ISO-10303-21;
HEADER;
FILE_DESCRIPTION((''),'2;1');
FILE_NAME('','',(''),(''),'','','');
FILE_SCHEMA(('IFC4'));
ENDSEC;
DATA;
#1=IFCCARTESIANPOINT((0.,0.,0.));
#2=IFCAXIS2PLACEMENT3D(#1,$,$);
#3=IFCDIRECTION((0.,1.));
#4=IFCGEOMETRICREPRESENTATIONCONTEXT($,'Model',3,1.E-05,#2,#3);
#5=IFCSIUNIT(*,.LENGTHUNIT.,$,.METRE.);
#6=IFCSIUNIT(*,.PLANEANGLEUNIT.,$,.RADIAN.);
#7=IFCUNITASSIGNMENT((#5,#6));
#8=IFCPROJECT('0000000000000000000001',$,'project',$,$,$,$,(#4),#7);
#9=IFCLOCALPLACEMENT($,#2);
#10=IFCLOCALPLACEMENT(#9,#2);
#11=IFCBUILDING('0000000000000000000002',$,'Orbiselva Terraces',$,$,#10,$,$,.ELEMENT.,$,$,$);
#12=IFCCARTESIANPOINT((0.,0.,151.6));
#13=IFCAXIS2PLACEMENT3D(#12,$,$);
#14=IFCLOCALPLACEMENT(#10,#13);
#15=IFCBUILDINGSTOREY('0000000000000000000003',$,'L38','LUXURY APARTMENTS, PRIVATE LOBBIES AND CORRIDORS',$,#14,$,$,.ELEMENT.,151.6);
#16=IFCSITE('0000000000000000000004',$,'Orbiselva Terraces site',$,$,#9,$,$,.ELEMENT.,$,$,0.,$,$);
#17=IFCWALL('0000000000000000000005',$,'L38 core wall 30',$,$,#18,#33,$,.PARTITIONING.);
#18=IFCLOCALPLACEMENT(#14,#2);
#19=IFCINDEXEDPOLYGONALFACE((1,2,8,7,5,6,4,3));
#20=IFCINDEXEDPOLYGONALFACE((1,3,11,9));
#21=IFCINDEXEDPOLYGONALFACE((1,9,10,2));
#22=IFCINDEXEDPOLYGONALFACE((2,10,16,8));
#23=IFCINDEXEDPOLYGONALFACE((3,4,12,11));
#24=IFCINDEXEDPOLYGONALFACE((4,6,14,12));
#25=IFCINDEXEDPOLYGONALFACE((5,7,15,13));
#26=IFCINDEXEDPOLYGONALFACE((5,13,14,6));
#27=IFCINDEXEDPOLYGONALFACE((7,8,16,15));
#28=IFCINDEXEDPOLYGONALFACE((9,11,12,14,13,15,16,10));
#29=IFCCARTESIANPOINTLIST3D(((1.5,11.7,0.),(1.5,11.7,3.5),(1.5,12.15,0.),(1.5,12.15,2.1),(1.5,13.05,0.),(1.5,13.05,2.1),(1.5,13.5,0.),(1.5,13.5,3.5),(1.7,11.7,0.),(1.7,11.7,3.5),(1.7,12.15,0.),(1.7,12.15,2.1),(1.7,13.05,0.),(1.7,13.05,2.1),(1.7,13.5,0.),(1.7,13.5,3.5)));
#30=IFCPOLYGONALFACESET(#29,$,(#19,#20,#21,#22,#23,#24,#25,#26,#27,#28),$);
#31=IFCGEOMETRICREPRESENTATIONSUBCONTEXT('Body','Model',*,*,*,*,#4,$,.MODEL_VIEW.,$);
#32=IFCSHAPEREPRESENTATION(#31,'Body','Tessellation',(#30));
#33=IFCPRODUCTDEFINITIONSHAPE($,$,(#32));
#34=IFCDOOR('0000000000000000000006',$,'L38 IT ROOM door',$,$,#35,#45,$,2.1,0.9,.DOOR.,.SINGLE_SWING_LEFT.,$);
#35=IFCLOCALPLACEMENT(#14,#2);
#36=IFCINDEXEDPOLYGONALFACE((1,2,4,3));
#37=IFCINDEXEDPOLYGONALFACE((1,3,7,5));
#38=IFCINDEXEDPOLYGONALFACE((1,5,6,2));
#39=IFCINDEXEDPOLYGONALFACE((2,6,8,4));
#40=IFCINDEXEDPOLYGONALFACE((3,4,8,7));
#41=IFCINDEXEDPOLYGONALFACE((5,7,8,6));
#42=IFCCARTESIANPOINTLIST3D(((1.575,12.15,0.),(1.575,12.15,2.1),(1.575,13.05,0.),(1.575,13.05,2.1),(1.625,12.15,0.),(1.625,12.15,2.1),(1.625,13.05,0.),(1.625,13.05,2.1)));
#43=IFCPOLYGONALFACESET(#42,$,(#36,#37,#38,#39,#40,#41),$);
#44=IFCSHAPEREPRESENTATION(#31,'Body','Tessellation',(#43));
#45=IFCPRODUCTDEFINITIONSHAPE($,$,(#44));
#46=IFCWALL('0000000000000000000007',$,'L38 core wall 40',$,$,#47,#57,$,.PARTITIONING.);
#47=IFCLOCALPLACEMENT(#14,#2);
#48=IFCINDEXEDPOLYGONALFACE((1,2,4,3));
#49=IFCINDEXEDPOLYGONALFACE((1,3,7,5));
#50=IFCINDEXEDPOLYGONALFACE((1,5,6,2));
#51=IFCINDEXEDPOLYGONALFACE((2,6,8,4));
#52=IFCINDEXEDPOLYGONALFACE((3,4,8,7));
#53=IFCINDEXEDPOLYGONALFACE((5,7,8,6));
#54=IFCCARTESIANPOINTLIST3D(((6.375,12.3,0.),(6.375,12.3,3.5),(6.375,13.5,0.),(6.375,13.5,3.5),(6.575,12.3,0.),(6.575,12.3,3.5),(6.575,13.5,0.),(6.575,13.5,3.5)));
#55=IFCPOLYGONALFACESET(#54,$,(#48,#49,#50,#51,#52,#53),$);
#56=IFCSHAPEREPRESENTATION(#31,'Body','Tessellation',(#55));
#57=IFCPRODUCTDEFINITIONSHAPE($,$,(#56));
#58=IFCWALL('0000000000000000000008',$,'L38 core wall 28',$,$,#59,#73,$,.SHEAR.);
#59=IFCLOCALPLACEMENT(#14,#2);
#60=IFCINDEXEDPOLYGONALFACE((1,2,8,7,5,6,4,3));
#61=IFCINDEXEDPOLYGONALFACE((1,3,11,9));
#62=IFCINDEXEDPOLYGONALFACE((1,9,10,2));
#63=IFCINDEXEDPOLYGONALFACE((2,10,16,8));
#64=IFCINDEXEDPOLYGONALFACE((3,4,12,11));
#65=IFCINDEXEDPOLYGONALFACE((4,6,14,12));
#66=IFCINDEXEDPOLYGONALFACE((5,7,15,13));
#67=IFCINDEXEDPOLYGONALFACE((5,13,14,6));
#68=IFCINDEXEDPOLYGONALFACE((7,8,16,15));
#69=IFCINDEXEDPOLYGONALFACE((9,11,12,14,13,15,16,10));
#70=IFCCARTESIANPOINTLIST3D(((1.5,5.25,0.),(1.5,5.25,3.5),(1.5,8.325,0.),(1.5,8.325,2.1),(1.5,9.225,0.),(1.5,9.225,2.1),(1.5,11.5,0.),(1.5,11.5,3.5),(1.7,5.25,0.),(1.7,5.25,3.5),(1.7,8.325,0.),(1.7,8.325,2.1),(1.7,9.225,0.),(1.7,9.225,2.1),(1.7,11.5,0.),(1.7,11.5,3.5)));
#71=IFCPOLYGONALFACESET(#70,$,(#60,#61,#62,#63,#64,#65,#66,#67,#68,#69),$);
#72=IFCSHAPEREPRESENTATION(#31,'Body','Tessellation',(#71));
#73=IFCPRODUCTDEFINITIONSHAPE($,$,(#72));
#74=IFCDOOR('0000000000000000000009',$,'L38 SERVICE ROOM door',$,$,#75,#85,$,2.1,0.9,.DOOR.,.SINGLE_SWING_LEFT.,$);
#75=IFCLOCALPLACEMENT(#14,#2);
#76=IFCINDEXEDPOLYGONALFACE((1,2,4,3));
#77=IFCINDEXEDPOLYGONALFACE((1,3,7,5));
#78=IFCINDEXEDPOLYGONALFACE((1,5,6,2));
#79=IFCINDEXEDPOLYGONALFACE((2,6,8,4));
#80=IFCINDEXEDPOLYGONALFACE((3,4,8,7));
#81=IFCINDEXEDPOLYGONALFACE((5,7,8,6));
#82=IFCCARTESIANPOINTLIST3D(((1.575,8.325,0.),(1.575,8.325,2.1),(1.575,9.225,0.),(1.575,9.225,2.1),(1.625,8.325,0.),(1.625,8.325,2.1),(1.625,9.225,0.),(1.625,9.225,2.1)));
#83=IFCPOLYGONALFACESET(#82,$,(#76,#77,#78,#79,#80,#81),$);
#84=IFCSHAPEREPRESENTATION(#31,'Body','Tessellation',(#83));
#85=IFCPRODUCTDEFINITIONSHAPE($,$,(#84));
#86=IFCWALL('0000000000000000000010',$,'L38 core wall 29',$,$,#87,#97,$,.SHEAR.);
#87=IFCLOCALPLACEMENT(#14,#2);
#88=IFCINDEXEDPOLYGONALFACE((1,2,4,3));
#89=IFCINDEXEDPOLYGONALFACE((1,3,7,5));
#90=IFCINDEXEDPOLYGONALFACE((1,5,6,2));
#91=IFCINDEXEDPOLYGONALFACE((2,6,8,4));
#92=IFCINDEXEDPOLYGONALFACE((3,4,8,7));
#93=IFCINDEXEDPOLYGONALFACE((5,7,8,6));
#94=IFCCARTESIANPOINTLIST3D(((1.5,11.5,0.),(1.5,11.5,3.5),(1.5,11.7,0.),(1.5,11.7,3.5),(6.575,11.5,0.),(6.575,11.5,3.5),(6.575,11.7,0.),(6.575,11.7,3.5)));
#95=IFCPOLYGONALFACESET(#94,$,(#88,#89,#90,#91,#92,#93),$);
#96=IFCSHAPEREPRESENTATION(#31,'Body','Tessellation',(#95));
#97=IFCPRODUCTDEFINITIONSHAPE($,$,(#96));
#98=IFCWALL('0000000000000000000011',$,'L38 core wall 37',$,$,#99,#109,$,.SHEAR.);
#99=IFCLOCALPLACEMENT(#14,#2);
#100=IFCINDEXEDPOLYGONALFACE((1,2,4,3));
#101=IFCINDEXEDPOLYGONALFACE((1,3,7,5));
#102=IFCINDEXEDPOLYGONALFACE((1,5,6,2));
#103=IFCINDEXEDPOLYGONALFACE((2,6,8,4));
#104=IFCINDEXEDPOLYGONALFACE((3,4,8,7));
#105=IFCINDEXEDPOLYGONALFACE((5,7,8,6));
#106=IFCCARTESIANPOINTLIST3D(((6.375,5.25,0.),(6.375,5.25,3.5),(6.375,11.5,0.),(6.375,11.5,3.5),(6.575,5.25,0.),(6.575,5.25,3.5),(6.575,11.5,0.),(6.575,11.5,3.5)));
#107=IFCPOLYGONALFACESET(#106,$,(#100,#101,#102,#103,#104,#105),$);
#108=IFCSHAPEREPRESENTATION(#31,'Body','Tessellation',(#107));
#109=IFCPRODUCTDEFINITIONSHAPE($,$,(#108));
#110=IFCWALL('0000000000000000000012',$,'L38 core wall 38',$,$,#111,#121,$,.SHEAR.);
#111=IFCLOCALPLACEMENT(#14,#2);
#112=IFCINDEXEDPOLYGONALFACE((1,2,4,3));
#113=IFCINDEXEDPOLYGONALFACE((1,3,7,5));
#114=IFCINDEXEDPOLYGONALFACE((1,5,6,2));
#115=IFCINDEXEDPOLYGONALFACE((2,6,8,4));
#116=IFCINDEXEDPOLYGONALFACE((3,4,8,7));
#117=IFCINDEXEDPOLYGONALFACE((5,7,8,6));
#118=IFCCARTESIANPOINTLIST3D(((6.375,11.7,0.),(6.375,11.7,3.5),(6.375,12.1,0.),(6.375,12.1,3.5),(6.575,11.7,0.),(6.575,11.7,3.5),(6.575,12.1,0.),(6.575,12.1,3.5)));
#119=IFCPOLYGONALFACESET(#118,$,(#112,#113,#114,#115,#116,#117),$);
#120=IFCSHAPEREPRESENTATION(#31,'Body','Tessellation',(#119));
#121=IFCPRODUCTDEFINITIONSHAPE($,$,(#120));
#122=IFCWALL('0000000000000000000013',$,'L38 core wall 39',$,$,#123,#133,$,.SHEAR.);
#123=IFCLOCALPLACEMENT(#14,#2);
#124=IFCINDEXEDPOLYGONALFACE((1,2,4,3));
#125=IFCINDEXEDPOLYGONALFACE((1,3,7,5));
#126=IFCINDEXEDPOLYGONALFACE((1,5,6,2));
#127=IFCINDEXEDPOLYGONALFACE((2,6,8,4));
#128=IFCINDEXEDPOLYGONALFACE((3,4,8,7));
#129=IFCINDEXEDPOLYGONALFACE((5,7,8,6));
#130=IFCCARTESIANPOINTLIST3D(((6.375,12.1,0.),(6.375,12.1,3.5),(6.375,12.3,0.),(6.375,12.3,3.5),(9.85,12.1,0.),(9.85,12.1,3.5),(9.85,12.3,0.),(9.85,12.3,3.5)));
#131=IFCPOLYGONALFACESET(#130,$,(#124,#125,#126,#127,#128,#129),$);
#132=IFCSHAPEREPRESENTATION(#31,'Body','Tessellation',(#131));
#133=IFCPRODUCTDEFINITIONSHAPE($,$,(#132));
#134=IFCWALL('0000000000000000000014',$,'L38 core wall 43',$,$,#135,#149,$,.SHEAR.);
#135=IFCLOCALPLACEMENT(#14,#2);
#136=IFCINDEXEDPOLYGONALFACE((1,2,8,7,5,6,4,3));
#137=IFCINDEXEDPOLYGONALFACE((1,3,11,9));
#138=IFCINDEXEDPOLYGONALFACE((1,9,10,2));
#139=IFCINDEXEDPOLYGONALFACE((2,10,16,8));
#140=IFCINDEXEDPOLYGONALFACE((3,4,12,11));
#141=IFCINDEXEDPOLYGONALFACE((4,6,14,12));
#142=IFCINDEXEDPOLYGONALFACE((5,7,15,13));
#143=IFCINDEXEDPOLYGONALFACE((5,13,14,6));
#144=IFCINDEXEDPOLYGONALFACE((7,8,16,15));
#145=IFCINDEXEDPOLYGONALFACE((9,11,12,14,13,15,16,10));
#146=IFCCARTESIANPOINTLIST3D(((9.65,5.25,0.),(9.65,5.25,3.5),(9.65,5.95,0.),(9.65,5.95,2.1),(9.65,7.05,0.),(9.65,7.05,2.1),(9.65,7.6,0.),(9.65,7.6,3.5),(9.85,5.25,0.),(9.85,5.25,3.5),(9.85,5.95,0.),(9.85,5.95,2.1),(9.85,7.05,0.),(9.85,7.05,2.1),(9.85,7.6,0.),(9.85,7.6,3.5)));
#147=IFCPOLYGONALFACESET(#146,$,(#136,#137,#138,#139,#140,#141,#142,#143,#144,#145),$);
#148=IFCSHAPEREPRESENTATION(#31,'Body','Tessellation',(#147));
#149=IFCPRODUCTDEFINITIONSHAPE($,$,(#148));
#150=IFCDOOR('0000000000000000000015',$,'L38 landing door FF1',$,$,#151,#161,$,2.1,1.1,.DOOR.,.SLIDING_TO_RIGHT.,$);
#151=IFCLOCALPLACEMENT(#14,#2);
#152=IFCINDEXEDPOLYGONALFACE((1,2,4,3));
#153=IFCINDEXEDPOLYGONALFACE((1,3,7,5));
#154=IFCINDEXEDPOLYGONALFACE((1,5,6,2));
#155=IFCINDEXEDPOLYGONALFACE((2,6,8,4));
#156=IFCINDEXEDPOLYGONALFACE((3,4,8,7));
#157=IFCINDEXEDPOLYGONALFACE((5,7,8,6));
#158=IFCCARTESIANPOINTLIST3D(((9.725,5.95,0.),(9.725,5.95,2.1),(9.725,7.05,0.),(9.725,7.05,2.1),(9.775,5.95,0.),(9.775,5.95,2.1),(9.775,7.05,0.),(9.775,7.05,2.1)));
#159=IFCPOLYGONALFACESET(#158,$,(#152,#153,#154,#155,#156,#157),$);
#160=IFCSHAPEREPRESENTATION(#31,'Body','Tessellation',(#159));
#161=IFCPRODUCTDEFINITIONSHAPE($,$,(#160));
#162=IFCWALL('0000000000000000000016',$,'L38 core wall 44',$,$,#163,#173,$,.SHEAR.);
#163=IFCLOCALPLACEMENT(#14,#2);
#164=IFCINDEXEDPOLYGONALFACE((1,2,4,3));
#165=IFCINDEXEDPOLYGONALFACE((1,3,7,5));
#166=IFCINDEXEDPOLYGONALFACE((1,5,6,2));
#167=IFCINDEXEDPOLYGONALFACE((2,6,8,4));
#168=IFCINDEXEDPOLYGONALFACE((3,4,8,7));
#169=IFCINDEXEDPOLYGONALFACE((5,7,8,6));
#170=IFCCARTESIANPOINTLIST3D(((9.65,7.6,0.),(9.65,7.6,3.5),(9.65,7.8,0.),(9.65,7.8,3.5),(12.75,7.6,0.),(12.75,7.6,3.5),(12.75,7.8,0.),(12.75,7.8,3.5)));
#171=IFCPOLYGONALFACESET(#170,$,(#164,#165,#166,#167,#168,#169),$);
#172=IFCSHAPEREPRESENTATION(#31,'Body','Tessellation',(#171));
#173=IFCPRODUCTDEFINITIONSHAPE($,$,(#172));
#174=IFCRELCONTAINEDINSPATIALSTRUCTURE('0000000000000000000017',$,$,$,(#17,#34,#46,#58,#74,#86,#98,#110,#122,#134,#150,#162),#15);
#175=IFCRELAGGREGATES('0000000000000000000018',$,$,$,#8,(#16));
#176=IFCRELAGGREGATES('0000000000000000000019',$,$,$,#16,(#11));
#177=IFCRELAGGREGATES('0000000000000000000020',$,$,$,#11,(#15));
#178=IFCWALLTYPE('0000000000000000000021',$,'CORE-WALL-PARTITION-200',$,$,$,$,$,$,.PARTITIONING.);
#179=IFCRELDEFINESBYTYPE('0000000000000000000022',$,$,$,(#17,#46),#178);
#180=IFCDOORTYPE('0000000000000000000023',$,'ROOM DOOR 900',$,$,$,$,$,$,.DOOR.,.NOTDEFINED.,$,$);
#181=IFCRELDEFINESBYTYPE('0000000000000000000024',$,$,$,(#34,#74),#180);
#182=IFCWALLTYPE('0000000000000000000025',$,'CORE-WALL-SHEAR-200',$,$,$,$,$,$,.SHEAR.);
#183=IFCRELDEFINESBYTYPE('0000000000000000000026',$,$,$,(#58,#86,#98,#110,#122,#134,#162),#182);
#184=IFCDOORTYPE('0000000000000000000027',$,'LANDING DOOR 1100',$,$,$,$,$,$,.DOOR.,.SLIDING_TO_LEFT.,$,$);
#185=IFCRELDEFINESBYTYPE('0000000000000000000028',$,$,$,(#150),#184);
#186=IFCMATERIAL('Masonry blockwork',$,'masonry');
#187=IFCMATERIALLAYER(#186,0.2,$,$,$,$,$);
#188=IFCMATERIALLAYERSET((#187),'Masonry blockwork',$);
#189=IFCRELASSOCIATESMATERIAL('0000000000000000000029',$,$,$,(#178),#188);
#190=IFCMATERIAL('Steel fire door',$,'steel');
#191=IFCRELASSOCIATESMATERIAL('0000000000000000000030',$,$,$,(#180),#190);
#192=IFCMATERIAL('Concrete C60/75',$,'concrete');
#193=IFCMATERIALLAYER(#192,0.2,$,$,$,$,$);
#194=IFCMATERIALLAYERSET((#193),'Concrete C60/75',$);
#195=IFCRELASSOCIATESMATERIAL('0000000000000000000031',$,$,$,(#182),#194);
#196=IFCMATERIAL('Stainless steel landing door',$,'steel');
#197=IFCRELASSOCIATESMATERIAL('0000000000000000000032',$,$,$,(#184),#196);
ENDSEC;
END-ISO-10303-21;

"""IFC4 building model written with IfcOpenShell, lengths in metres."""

from ifc_helpers import new_model, si_unit, direction, frame, frame_2d, origin, place, context, subcontext, project, spatial, rectangle, extrude, material, layer, layer_set, type_object, element, fill, save


model = new_model("IFC4")

# Units and contexts
model_context = context("Model", 3, precision=1e-05, world=origin(), true_north=direction((0.0, 1.0)))
body_context = subcontext(model_context, "Body", "Model", "MODEL_VIEW")
ifc_project = project(units=[si_unit("LENGTHUNIT", "METRE"), si_unit("PLANEANGLEUNIT", "RADIAN")], contexts=[model_context])

# Site, building, storey
site_placement = place(None, origin())
site = spatial("IfcSite", under=ifc_project, at=site_placement, Name="Orbiselva Terraces site", CompositionType="ELEMENT", RefElevation=0.0)
building_placement = place(site_placement, origin())
building = spatial("IfcBuilding", under=site, at=building_placement, Name="Orbiselva Terraces", CompositionType="ELEMENT")
storey_placement = place(building_placement, frame((0.0, 0.0, 151.6)))
storey = spatial("IfcBuildingStorey", under=building, at=storey_placement, Name="L38", Description="LUXURY APARTMENTS, PRIVATE LOBBIES AND CORRIDORS", CompositionType="ELEMENT", Elevation=151.6)

# Wall, opening, door
ifc_material_1 = material(Name="Masonry blockwork", Category="masonry")
ifc_layer_1 = layer(ifc_material_1, 0.2)
ifc_layer_set_1 = layer_set([ifc_layer_1], Name="Masonry blockwork")
wall_type_1 = type_object("IfcWallType", Name="CORE-WALL-PARTITION-200", PredefinedType="PARTITIONING", material=ifc_layer_set_1)
wall_1_placement = place(storey_placement, frame((1.6, 13.5, 0.0), z_axis=(0.0, 0.0, 1.0), x_axis=(0.0, -1.0, 0.0)))
wall_1 = element("IfcWall", 1, at=wall_1_placement, inside=storey, type_object=wall_type_1, Name="L38 core wall 30", PredefinedType="PARTITIONING", context=body_context, shape_type="SweptSolid", body=[
    extrude(rectangle(XDim=1.8, YDim=0.2, at=frame_2d((0.9, 0.0))), origin(), (0.0, 0.0, 1.0), 3.5),
])
opening_1_placement = place(wall_1_placement, frame((0.45, 0.0, 0.0)))
opening_1 = element("IfcOpeningElement", 2, at=opening_1_placement, cuts=wall_1, PredefinedType="OPENING", context=body_context, shape_type="SweptSolid", body=[
    extrude(rectangle(XDim=0.9, YDim=2.1, at=frame_2d((0.45, 1.05))), frame((0.0, 0.11, 0.0), z_axis=(0.0, -1.0, 0.0), x_axis=(1.0, 0.0, 0.0)), (0.0, 0.0, 1.0), 0.22),
])
ifc_material_2 = material(Name="Steel fire door", Category="steel")
door_type_1 = type_object("IfcDoorType", Name="ROOM DOOR 900", OperationType="NOTDEFINED", PredefinedType="DOOR", material=ifc_material_2)
door_1_placement = place(opening_1_placement, origin())
door_1 = element("IfcDoor", 3, at=door_1_placement, inside=storey, type_object=door_type_1, Name="L38 IT ROOM door", OperationType="SINGLE_SWING_LEFT", OverallHeight=2.1, OverallWidth=0.9, PredefinedType="DOOR", context=body_context, shape_type="SweptSolid", body=[
    extrude(rectangle(XDim=0.9, YDim=2.1, at=frame_2d((0.45, 1.05))), frame((0.0, 0.025, 0.0), z_axis=(0.0, -1.0, 0.0), x_axis=(1.0, 0.0, 0.0)), (0.0, 0.0, 1.0), 0.05),
])
fill(opening_1, door_1)

# Wall
wall_2_placement = place(storey_placement, frame((6.475, 12.3, 0.0), z_axis=(0.0, 0.0, 1.0), x_axis=(0.0, 1.0, 0.0)))
element("IfcWall", 4, at=wall_2_placement, inside=storey, type_object=wall_type_1, Name="L38 core wall 40", PredefinedType="PARTITIONING", context=body_context, shape_type="SweptSolid", body=[
    extrude(rectangle(XDim=1.2, YDim=0.2, at=frame_2d((0.6, 0.0))), origin(), (0.0, 0.0, 1.0), 3.5),
])

# Wall, opening, door
ifc_material_3 = material(Name="Concrete C60/75", Category="concrete")
ifc_layer_2 = layer(ifc_material_3, 0.2)
ifc_layer_set_2 = layer_set([ifc_layer_2], Name="Concrete C60/75")
wall_type_2 = type_object("IfcWallType", Name="CORE-WALL-SHEAR-200", PredefinedType="SHEAR", material=ifc_layer_set_2)
wall_3_placement = place(storey_placement, frame((1.6, 11.5, 0.0), z_axis=(0.0, 0.0, 1.0), x_axis=(0.0, -1.0, 0.0)))
wall_3 = element("IfcWall", 5, at=wall_3_placement, inside=storey, type_object=wall_type_2, Name="L38 core wall 28", PredefinedType="SHEAR", context=body_context, shape_type="SweptSolid", body=[
    extrude(rectangle(XDim=6.25, YDim=0.2, at=frame_2d((3.125, 0.0))), origin(), (0.0, 0.0, 1.0), 3.5),
])
opening_2_placement = place(wall_3_placement, frame((2.275, 0.0, 0.0)))
opening_2 = element("IfcOpeningElement", 6, at=opening_2_placement, cuts=wall_3, PredefinedType="OPENING", context=body_context, shape_type="SweptSolid", body=[
    extrude(rectangle(XDim=0.9, YDim=2.1, at=frame_2d((0.45, 1.05))), frame((0.0, 0.11, 0.0), z_axis=(0.0, -1.0, 0.0), x_axis=(1.0, 0.0, 0.0)), (0.0, 0.0, 1.0), 0.22),
])
door_2_placement = place(opening_2_placement, origin())
door_2 = element("IfcDoor", 7, at=door_2_placement, inside=storey, type_object=door_type_1, Name="L38 SERVICE ROOM door", OperationType="SINGLE_SWING_LEFT", OverallHeight=2.1, OverallWidth=0.9, PredefinedType="DOOR", context=body_context, shape_type="SweptSolid", body=[
    extrude(rectangle(XDim=0.9, YDim=2.1, at=frame_2d((0.45, 1.05))), frame((0.0, 0.025, 0.0), z_axis=(0.0, -1.0, 0.0), x_axis=(1.0, 0.0, 0.0)), (0.0, 0.0, 1.0), 0.05),
])
fill(opening_2, door_2)

# Walls
wall_4_placement = place(storey_placement, frame((1.5, 11.6, 0.0), z_axis=(0.0, 0.0, 1.0), x_axis=(1.0, 0.0, 0.0)))
element("IfcWall", 8, at=wall_4_placement, inside=storey, type_object=wall_type_2, Name="L38 core wall 29", PredefinedType="SHEAR", context=body_context, shape_type="SweptSolid", body=[
    extrude(rectangle(XDim=5.075, YDim=0.2, at=frame_2d((2.5375, 0.0))), origin(), (0.0, 0.0, 1.0), 3.5),
])
wall_5_placement = place(storey_placement, frame((6.475, 5.25, 0.0), z_axis=(0.0, 0.0, 1.0), x_axis=(0.0, 1.0, 0.0)))
element("IfcWall", 9, at=wall_5_placement, inside=storey, type_object=wall_type_2, Name="L38 core wall 37", PredefinedType="SHEAR", context=body_context, shape_type="SweptSolid", body=[
    extrude(rectangle(XDim=6.25, YDim=0.2, at=frame_2d((3.125, 0.0))), origin(), (0.0, 0.0, 1.0), 3.5),
])
wall_6_placement = place(storey_placement, frame((6.475, 11.7, 0.0), z_axis=(0.0, 0.0, 1.0), x_axis=(0.0, 1.0, 0.0)))
element("IfcWall", 10, at=wall_6_placement, inside=storey, type_object=wall_type_2, Name="L38 core wall 38", PredefinedType="SHEAR", context=body_context, shape_type="SweptSolid", body=[
    extrude(rectangle(XDim=0.4, YDim=0.2, at=frame_2d((0.2, 0.0))), origin(), (0.0, 0.0, 1.0), 3.5),
])
wall_7_placement = place(storey_placement, frame((6.375, 12.2, 0.0), z_axis=(0.0, 0.0, 1.0), x_axis=(1.0, 0.0, 0.0)))
element("IfcWall", 11, at=wall_7_placement, inside=storey, type_object=wall_type_2, Name="L38 core wall 39", PredefinedType="SHEAR", context=body_context, shape_type="SweptSolid", body=[
    extrude(rectangle(XDim=3.475, YDim=0.2, at=frame_2d((1.7375, 0.0))), origin(), (0.0, 0.0, 1.0), 3.5),
])

# Wall, opening, door
wall_8_placement = place(storey_placement, frame((9.75, 5.25, 0.0), z_axis=(0.0, 0.0, 1.0), x_axis=(0.0, 1.0, 0.0)))
wall_8 = element("IfcWall", 12, at=wall_8_placement, inside=storey, type_object=wall_type_2, Name="L38 core wall 43", PredefinedType="SHEAR", context=body_context, shape_type="SweptSolid", body=[
    extrude(rectangle(XDim=2.35, YDim=0.2, at=frame_2d((1.175, 0.0))), origin(), (0.0, 0.0, 1.0), 3.5),
])
opening_3_placement = place(wall_8_placement, frame((0.7, 0.0, 0.0)))
opening_3 = element("IfcOpeningElement", 13, at=opening_3_placement, cuts=wall_8, PredefinedType="OPENING", context=body_context, shape_type="SweptSolid", body=[
    extrude(rectangle(XDim=1.1, YDim=2.1, at=frame_2d((0.55, 1.05))), frame((0.0, 0.11, 0.0), z_axis=(0.0, -1.0, 0.0), x_axis=(1.0, 0.0, 0.0)), (0.0, 0.0, 1.0), 0.22),
])
ifc_material_4 = material(Name="Stainless steel landing door", Category="steel")
door_type_2 = type_object("IfcDoorType", Name="LANDING DOOR 1100", OperationType="SLIDING_TO_LEFT", PredefinedType="DOOR", material=ifc_material_4)
door_3_placement = place(opening_3_placement, origin())
door_3 = element("IfcDoor", 14, at=door_3_placement, inside=storey, type_object=door_type_2, Name="L38 landing door FF1", OperationType="SLIDING_TO_RIGHT", OverallHeight=2.1, OverallWidth=1.1, PredefinedType="DOOR", context=body_context, shape_type="SweptSolid", body=[
    extrude(rectangle(XDim=1.1, YDim=2.1, at=frame_2d((0.55, 1.05))), frame((0.0, 0.025, 0.0), z_axis=(0.0, -1.0, 0.0), x_axis=(1.0, 0.0, 0.0)), (0.0, 0.0, 1.0), 0.05),
])
fill(opening_3, door_3)

# Wall
wall_9_placement = place(storey_placement, frame((9.65, 7.7, 0.0), z_axis=(0.0, 0.0, 1.0), x_axis=(1.0, 0.0, 0.0)))
element("IfcWall", 15, at=wall_9_placement, inside=storey, type_object=wall_type_2, Name="L38 core wall 44", PredefinedType="SHEAR", context=body_context, shape_type="SweptSolid", body=[
    extrude(rectangle(XDim=3.1, YDim=0.2, at=frame_2d((1.55, 0.0))), origin(), (0.0, 0.0, 1.0), 3.5),
])

save(model, "model.ifc")
